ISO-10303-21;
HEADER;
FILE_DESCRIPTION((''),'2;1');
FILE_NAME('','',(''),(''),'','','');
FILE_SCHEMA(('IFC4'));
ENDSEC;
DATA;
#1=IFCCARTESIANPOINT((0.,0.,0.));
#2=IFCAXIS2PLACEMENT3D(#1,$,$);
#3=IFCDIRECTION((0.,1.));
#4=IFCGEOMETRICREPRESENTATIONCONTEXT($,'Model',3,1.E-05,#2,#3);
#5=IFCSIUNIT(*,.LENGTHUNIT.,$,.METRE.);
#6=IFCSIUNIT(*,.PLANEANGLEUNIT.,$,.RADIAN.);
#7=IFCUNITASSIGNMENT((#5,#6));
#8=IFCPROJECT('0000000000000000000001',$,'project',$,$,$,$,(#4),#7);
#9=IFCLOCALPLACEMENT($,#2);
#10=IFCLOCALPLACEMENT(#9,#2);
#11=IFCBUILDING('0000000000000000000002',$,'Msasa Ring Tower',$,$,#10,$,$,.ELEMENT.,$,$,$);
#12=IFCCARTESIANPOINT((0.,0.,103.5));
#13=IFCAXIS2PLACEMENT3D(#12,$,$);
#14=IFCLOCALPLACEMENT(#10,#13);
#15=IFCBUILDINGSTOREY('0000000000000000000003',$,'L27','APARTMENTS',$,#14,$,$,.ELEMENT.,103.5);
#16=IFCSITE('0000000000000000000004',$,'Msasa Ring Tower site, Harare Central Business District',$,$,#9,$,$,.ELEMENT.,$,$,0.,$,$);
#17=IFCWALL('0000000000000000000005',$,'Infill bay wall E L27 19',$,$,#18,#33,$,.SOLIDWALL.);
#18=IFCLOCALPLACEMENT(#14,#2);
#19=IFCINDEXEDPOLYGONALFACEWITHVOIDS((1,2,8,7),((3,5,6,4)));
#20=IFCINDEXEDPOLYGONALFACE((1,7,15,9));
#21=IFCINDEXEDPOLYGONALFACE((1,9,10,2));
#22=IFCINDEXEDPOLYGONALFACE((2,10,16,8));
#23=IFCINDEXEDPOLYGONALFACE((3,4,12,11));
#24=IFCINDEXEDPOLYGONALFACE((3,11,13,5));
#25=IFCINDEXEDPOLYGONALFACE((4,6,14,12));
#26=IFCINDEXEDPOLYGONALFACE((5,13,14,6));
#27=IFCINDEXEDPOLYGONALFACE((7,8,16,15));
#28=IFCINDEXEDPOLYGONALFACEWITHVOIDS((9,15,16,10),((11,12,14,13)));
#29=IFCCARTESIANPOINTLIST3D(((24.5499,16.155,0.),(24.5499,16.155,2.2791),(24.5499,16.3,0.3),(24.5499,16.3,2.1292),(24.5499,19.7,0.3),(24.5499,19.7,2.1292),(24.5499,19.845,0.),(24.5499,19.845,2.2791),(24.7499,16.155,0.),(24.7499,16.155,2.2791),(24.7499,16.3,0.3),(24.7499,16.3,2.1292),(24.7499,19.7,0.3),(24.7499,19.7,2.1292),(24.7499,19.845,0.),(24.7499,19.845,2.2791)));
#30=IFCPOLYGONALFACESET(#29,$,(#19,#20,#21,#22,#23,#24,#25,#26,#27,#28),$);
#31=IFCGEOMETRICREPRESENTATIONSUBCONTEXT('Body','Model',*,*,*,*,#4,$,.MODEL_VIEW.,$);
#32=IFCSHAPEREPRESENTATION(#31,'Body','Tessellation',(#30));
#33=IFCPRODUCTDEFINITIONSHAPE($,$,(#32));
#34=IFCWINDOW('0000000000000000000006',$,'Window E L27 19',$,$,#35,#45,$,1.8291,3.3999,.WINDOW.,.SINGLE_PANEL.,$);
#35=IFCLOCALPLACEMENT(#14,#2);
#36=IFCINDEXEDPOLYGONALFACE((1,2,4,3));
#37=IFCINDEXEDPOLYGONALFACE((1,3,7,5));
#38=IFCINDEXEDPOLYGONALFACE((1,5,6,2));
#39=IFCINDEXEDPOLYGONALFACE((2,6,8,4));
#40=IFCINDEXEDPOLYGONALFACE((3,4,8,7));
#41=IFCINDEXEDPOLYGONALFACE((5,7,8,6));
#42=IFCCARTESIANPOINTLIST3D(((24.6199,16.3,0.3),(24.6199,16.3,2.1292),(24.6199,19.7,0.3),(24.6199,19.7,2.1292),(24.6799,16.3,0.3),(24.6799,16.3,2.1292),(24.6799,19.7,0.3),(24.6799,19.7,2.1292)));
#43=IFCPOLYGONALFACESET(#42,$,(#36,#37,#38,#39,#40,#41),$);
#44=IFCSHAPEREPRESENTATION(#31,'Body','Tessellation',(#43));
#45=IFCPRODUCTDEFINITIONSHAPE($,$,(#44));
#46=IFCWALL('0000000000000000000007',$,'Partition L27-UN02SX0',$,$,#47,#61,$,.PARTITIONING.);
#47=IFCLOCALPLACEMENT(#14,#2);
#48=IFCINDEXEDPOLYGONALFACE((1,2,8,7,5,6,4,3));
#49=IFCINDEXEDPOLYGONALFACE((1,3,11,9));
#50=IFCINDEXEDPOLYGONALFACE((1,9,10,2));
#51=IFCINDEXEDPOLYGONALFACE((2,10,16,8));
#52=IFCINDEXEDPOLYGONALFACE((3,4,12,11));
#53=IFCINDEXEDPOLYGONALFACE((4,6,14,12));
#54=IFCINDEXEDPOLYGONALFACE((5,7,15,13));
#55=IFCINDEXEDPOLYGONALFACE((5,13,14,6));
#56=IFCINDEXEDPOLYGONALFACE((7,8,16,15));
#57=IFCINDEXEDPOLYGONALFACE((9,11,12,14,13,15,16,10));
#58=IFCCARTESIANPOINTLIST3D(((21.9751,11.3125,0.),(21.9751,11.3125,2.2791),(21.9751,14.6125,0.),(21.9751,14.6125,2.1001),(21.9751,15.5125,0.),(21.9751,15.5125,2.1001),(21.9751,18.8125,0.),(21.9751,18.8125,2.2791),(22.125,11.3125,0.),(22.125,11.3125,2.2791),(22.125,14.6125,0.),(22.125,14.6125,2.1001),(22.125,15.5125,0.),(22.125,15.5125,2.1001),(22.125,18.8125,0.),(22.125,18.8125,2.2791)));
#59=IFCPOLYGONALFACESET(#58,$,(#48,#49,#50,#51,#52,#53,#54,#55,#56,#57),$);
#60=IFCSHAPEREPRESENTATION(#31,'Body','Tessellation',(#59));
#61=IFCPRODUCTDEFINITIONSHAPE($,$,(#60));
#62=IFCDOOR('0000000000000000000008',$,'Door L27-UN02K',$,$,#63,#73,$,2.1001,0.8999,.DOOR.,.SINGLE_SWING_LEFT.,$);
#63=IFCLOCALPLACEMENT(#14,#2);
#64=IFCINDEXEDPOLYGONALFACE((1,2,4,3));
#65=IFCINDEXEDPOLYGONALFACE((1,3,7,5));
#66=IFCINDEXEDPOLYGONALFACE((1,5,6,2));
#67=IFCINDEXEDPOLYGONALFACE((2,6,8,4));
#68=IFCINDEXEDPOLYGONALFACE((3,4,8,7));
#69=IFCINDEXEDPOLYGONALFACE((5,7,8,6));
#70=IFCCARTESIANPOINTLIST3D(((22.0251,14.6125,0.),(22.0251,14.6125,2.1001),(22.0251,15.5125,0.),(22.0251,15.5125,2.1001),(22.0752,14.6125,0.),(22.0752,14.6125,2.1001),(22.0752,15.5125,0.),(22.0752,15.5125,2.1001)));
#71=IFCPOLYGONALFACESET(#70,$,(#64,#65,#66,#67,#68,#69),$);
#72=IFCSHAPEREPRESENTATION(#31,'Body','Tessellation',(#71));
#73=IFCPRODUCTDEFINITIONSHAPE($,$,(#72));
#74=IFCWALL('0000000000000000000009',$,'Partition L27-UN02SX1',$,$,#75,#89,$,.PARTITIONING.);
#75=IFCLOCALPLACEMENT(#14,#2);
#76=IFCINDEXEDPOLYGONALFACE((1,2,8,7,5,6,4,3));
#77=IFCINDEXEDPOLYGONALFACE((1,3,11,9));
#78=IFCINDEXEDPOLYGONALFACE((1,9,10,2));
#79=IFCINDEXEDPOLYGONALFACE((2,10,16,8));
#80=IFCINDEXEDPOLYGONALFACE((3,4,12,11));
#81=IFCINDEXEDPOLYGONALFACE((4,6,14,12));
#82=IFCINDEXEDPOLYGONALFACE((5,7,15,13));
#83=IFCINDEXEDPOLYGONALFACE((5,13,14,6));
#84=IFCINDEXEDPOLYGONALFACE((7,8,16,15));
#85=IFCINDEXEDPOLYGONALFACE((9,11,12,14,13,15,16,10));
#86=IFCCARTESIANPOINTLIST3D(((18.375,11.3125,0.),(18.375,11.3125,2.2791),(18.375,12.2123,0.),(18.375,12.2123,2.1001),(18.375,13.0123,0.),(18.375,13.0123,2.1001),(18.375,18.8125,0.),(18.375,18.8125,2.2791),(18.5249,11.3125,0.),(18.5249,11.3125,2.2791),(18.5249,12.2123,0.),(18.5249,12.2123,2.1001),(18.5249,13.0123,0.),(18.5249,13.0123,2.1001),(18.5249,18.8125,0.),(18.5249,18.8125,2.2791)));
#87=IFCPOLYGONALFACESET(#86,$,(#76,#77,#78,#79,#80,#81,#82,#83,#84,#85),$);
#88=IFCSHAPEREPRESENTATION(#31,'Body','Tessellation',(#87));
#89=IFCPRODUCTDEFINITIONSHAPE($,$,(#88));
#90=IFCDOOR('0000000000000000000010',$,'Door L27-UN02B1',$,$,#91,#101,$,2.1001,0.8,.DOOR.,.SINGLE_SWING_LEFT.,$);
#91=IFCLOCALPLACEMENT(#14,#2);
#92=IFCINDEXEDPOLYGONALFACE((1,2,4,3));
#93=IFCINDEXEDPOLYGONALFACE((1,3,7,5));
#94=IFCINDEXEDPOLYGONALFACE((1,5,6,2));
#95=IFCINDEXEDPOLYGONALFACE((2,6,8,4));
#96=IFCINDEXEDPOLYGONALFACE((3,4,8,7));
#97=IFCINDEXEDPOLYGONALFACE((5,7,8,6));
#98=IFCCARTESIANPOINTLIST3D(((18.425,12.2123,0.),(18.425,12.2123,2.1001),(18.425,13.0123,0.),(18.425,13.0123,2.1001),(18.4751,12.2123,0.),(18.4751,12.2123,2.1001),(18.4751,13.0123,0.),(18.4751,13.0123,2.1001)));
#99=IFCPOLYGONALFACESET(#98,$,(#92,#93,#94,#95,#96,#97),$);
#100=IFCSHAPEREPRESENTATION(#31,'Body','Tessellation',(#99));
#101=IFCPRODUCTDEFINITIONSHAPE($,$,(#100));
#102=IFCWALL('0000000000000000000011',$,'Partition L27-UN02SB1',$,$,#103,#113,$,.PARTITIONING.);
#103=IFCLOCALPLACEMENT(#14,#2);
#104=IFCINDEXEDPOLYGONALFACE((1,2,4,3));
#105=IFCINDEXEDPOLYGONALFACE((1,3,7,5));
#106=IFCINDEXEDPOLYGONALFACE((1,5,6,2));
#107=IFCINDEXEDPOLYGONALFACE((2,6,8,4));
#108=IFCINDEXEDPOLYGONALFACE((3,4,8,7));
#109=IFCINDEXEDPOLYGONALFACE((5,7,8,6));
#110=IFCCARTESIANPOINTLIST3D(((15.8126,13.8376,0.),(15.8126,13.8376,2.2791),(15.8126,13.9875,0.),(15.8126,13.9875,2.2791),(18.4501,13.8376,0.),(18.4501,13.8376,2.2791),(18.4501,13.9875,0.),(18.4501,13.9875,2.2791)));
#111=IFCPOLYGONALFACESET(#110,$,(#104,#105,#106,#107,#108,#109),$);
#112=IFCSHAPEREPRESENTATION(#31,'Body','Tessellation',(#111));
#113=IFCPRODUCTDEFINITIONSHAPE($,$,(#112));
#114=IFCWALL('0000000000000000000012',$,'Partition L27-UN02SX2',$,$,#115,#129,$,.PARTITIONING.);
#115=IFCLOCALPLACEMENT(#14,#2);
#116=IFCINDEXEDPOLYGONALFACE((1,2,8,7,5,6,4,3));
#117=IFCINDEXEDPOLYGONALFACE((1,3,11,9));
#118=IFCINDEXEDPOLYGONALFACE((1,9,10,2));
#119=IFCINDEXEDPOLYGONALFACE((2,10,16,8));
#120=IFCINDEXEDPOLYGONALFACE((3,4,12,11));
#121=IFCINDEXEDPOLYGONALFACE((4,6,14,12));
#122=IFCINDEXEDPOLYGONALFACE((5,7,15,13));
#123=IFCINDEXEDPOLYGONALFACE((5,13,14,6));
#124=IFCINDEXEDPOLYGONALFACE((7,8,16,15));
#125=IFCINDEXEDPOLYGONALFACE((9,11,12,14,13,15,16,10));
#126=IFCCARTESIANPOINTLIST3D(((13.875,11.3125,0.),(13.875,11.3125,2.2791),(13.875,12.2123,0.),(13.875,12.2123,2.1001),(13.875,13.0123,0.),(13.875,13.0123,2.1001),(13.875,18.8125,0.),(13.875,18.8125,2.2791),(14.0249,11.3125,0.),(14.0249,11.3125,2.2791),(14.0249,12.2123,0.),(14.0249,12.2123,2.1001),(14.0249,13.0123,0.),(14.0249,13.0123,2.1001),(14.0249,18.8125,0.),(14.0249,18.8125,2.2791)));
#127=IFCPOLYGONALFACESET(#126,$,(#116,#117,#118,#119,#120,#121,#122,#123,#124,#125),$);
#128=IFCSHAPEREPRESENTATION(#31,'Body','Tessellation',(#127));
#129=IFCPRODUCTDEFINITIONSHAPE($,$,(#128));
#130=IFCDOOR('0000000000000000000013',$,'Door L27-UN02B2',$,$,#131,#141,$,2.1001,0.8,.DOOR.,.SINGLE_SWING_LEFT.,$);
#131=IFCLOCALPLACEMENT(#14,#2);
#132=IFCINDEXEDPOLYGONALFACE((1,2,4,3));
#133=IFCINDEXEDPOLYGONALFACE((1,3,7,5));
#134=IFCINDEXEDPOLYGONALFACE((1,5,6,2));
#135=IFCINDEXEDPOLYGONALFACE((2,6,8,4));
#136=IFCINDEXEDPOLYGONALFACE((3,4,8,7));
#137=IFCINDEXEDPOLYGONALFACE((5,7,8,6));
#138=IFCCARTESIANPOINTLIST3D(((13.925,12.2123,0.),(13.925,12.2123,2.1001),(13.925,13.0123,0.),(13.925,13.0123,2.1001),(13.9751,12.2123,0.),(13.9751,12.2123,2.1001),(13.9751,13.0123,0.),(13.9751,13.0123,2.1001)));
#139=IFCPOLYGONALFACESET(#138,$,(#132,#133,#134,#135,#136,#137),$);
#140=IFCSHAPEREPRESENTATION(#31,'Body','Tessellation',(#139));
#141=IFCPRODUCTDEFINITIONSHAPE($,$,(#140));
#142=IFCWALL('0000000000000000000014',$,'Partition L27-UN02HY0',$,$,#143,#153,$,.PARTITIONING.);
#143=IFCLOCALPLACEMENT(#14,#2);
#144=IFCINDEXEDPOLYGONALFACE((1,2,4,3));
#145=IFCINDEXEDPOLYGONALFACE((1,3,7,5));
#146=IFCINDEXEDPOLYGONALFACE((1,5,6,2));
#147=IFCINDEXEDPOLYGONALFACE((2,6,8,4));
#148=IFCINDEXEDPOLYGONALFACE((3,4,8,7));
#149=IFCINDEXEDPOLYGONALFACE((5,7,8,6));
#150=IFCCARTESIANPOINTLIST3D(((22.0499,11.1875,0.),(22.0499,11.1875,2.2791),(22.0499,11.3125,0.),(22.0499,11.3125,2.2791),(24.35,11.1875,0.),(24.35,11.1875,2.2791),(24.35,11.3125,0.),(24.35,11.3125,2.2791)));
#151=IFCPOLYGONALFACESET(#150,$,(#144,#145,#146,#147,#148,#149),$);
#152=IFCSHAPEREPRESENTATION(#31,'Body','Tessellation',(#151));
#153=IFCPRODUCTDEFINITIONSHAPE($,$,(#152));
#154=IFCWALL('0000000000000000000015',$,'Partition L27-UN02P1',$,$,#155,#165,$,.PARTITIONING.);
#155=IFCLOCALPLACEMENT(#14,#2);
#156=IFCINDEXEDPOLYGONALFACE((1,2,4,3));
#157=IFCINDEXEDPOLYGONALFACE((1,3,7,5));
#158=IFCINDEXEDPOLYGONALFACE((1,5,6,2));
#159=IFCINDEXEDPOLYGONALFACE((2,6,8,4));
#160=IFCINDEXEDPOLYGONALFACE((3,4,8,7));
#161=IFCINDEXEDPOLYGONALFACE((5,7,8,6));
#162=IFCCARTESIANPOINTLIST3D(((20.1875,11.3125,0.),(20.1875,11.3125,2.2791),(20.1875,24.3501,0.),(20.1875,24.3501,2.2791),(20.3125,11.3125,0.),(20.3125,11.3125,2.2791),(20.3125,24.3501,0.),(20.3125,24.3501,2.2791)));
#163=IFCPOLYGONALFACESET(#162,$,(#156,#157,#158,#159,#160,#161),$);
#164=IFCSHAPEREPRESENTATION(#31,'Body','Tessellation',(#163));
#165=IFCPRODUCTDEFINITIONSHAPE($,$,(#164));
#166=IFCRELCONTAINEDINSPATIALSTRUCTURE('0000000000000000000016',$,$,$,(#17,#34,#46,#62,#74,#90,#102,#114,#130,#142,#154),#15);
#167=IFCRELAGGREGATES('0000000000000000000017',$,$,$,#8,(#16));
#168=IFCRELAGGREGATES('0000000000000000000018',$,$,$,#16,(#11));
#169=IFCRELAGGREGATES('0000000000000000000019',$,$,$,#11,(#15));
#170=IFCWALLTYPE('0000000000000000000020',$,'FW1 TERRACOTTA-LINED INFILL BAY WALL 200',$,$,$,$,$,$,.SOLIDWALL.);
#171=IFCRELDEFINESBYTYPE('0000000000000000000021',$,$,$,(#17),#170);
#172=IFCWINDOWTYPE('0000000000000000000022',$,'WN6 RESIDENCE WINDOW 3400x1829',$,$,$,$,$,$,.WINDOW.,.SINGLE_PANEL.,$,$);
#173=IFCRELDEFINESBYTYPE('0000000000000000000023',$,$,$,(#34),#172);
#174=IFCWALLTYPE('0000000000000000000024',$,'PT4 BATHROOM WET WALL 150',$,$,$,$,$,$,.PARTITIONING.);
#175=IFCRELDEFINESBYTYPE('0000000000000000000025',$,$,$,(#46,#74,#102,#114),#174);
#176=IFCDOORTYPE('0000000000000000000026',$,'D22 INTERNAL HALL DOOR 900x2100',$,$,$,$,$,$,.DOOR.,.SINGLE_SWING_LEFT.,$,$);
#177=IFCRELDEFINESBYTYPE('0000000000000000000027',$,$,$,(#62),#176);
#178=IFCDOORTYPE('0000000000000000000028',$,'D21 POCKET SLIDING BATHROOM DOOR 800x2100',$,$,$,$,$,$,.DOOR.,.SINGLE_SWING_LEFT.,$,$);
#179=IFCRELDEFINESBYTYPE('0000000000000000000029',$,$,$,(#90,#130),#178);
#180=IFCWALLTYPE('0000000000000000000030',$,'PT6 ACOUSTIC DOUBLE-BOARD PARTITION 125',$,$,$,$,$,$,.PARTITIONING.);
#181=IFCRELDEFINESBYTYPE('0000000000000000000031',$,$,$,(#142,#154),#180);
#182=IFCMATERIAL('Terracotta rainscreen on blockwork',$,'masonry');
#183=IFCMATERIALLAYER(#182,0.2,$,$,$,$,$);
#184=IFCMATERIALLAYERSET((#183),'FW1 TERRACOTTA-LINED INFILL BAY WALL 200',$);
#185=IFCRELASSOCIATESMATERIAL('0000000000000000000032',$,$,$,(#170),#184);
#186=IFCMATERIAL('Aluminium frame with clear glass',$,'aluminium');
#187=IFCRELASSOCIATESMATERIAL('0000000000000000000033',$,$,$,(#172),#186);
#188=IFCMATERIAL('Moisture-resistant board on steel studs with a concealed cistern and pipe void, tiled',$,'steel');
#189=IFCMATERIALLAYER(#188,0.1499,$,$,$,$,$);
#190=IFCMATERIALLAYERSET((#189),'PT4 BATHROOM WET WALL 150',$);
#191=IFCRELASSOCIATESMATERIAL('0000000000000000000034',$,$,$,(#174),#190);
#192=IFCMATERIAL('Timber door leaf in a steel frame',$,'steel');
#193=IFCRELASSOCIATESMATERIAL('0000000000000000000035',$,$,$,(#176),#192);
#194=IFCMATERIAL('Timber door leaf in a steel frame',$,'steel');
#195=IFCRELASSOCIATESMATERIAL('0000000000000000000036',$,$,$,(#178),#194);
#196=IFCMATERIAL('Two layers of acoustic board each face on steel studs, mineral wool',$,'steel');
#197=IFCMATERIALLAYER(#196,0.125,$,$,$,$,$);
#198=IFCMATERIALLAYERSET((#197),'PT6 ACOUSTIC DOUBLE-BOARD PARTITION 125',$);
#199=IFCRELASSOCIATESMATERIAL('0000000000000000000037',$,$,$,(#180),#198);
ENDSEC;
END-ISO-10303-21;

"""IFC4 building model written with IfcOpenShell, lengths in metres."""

from ifc_helpers import new_model, si_unit, direction, frame, frame_2d, origin, place, context, subcontext, project, spatial, rectangle, extrude, material, layer, layer_set, type_object, element, fill, save


model = new_model("IFC4")

# Units and contexts
model_context = context("Model", 3, precision=1e-05, world=origin(), true_north=direction((0.0, 1.0)))
body_context = subcontext(model_context, "Body", "Model", "MODEL_VIEW")
ifc_project = project(units=[si_unit("LENGTHUNIT", "METRE"), si_unit("PLANEANGLEUNIT", "RADIAN")], contexts=[model_context])

# Site, building, storey
site_placement = place(None, origin())
site = spatial("IfcSite", under=ifc_project, at=site_placement, Name="Msasa Ring Tower site, Harare Central Business District", CompositionType="ELEMENT", RefElevation=0.0)
building_placement = place(site_placement, origin())
building = spatial("IfcBuilding", under=site, at=building_placement, Name="Msasa Ring Tower", CompositionType="ELEMENT")
storey_placement = place(building_placement, frame((0.0, 0.0, 103.5)))
storey = spatial("IfcBuildingStorey", under=building, at=storey_placement, Name="L27", Description="APARTMENTS", CompositionType="ELEMENT", Elevation=103.5)

# Wall, opening, window
ifc_material_1 = material(Name="Terracotta rainscreen on blockwork", Category="masonry")
ifc_layer_1 = layer(ifc_material_1, 0.2)
ifc_layer_set_1 = layer_set([ifc_layer_1], Name="FW1 TERRACOTTA-LINED INFILL BAY WALL 200")
wall_type_1 = type_object("IfcWallType", Name="FW1 TERRACOTTA-LINED INFILL BAY WALL 200", PredefinedType="SOLIDWALL", material=ifc_layer_set_1)
ifc_material_2 = material(Name="Aluminium frame with clear glass", Category="aluminium")
window_type = type_object("IfcWindowType", Name="WN6 RESIDENCE WINDOW 3400x1829", PartitioningType="SINGLE_PANEL", PredefinedType="WINDOW", material=ifc_material_2)
wall_1_placement = place(storey_placement, frame((24.6499, 16.155, 0.0), z_axis=(0.0, 0.0, 1.0), x_axis=(0.0, 1.0, 0.0)))
wall_1 = element("IfcWall", 1, at=wall_1_placement, inside=storey, type_object=wall_type_1, Name="Infill bay wall E L27 19", PredefinedType="SOLIDWALL", context=body_context, shape_type="SweptSolid", body=[
    extrude(rectangle(XDim=3.6899, YDim=0.2, at=frame_2d((1.845, 0.0))), origin(), (0.0, 0.0, 1.0), 2.2791),
])
opening_1_placement = place(wall_1_placement, frame((0.145, 0.0, 0.3)))
opening_1 = element("IfcOpeningElement", 2, at=opening_1_placement, cuts=wall_1, PredefinedType="OPENING", context=body_context, shape_type="SweptSolid", body=[
    extrude(rectangle(XDim=3.3999, YDim=1.8291, at=frame_2d((1.7, 0.9146))), frame((0.0, 0.1099, 0.0), z_axis=(0.0, -1.0, 0.0), x_axis=(1.0, 0.0, 0.0)), (0.0, 0.0, 1.0), 0.22),
])
window_1_placement = place(opening_1_placement, origin())
window_1 = element("IfcWindow", 3, at=window_1_placement, inside=storey, type_object=window_type, Name="Window E L27 19", OverallHeight=1.8291, OverallWidth=3.3999, PartitioningType="SINGLE_PANEL", PredefinedType="WINDOW", context=body_context, shape_type="SweptSolid", body=[
    extrude(rectangle(XDim=3.3999, YDim=1.8291, at=frame_2d((1.7, 0.9146))), frame((0.0, 0.03, 0.0), z_axis=(0.0, -1.0, 0.0), x_axis=(1.0, 0.0, 0.0)), (0.0, 0.0, 1.0), 0.0601),
])
fill(opening_1, window_1)

# Walls, openings, doors
ifc_material_3 = material(Name="Moisture-resistant board on steel studs with a concealed cistern and pipe void, tiled", Category="steel")
ifc_layer_2 = layer(ifc_material_3, 0.1499)
ifc_layer_set_2 = layer_set([ifc_layer_2], Name="PT4 BATHROOM WET WALL 150")
wall_type_2 = type_object("IfcWallType", Name="PT4 BATHROOM WET WALL 150", PredefinedType="PARTITIONING", material=ifc_layer_set_2)
wall_2_placement = place(storey_placement, frame((22.05, 11.3125, 0.0), z_axis=(0.0, 0.0, 1.0), x_axis=(0.0, 1.0, 0.0)))
wall_2 = element("IfcWall", 4, at=wall_2_placement, inside=storey, type_object=wall_type_2, Name="Partition L27-UN02SX0", PredefinedType="PARTITIONING", context=body_context, shape_type="SweptSolid", body=[
    extrude(rectangle(XDim=7.5, YDim=0.1499, at=frame_2d((3.75, 0.0))), origin(), (0.0, 0.0, 1.0), 2.2791),
])
opening_2_placement = place(wall_2_placement, frame((3.3, 0.0, 0.0)))
opening_2 = element("IfcOpeningElement", 5, at=opening_2_placement, cuts=wall_2, PredefinedType="OPENING", context=body_context, shape_type="SweptSolid", body=[
    extrude(rectangle(XDim=0.8999, YDim=2.1001, at=frame_2d((0.45, 1.05))), frame((0.0, 0.085, 0.0), z_axis=(0.0, -1.0, 0.0), x_axis=(1.0, 0.0, 0.0)), (0.0, 0.0, 1.0), 0.1699),
])
ifc_material_4 = material(Name="Timber door leaf in a steel frame", Category="steel")
door_type_1 = type_object("IfcDoorType", Name="D22 INTERNAL HALL DOOR 900x2100", OperationType="SINGLE_SWING_LEFT", PredefinedType="DOOR", material=ifc_material_4)
door_1_placement = place(opening_2_placement, origin())
door_1 = element("IfcDoor", 6, at=door_1_placement, inside=storey, type_object=door_type_1, Name="Door L27-UN02K", OperationType="SINGLE_SWING_LEFT", OverallHeight=2.1001, OverallWidth=0.8999, PredefinedType="DOOR", context=body_context, shape_type="SweptSolid", body=[
    extrude(rectangle(XDim=0.8999, YDim=2.1001, at=frame_2d((0.45, 1.05))), frame((0.0, 0.0249, 0.0), z_axis=(0.0, -1.0, 0.0), x_axis=(1.0, 0.0, 0.0)), (0.0, 0.0, 1.0), 0.05),
])
fill(opening_2, door_1)
wall_3_placement = place(storey_placement, frame((18.45, 11.3125, 0.0), z_axis=(0.0, 0.0, 1.0), x_axis=(0.0, 1.0, 0.0)))
wall_3 = element("IfcWall", 7, at=wall_3_placement, inside=storey, type_object=wall_type_2, Name="Partition L27-UN02SX1", PredefinedType="PARTITIONING", context=body_context, shape_type="SweptSolid", body=[
    extrude(rectangle(XDim=7.5, YDim=0.1499, at=frame_2d((3.75, 0.0))), origin(), (0.0, 0.0, 1.0), 2.2791),
])
opening_3_placement = place(wall_3_placement, frame((0.8999, 0.0, 0.0)))
opening_3 = element("IfcOpeningElement", 8, at=opening_3_placement, cuts=wall_3, PredefinedType="OPENING", context=body_context, shape_type="SweptSolid", body=[
    extrude(rectangle(XDim=0.8, YDim=2.1001, at=frame_2d((0.3999, 1.05))), frame((0.0, 0.085, 0.0), z_axis=(0.0, -1.0, 0.0), x_axis=(1.0, 0.0, 0.0)), (0.0, 0.0, 1.0), 0.1699),
])
ifc_material_5 = material(Name="Timber door leaf in a steel frame", Category="steel")
door_type_2 = type_object("IfcDoorType", Name="D21 POCKET SLIDING BATHROOM DOOR 800x2100", OperationType="SINGLE_SWING_LEFT", PredefinedType="DOOR", material=ifc_material_5)
door_2_placement = place(opening_3_placement, origin())
door_2 = element("IfcDoor", 9, at=door_2_placement, inside=storey, type_object=door_type_2, Name="Door L27-UN02B1", OperationType="SINGLE_SWING_LEFT", OverallHeight=2.1001, OverallWidth=0.8, PredefinedType="DOOR", context=body_context, shape_type="SweptSolid", body=[
    extrude(rectangle(XDim=0.8, YDim=2.1001, at=frame_2d((0.3999, 1.05))), frame((0.0, 0.0249, 0.0), z_axis=(0.0, -1.0, 0.0), x_axis=(1.0, 0.0, 0.0)), (0.0, 0.0, 1.0), 0.05),
])
fill(opening_3, door_2)

# Wall
wall_4_placement = place(storey_placement, frame((15.8125, 13.9126, 0.0), z_axis=(0.0, 0.0, 1.0), x_axis=(1.0, 0.0, 0.0)))
element("IfcWall", 10, at=wall_4_placement, inside=storey, type_object=wall_type_2, Name="Partition L27-UN02SB1", PredefinedType="PARTITIONING", context=body_context, shape_type="SweptSolid", body=[
    extrude(rectangle(XDim=2.6375, YDim=0.1499, at=frame_2d((1.3188, 0.0))), origin(), (0.0, 0.0, 1.0), 2.2791),
])

# Wall, opening, door
wall_5_placement = place(storey_placement, frame((13.95, 11.3125, 0.0), z_axis=(0.0, 0.0, 1.0), x_axis=(0.0, 1.0, 0.0)))
wall_5 = element("IfcWall", 11, at=wall_5_placement, inside=storey, type_object=wall_type_2, Name="Partition L27-UN02SX2", PredefinedType="PARTITIONING", context=body_context, shape_type="SweptSolid", body=[
    extrude(rectangle(XDim=7.5, YDim=0.1499, at=frame_2d((3.75, 0.0))), origin(), (0.0, 0.0, 1.0), 2.2791),
])
opening_4_placement = place(wall_5_placement, frame((0.8999, 0.0, 0.0)))
opening_4 = element("IfcOpeningElement", 12, at=opening_4_placement, cuts=wall_5, PredefinedType="OPENING", context=body_context, shape_type="SweptSolid", body=[
    extrude(rectangle(XDim=0.8, YDim=2.1001, at=frame_2d((0.3999, 1.05))), frame((0.0, 0.085, 0.0), z_axis=(0.0, -1.0, 0.0), x_axis=(1.0, 0.0, 0.0)), (0.0, 0.0, 1.0), 0.1699),
])
door_3_placement = place(opening_4_placement, origin())
door_3 = element("IfcDoor", 13, at=door_3_placement, inside=storey, type_object=door_type_2, Name="Door L27-UN02B2", OperationType="SINGLE_SWING_LEFT", OverallHeight=2.1001, OverallWidth=0.8, PredefinedType="DOOR", context=body_context, shape_type="SweptSolid", body=[
    extrude(rectangle(XDim=0.8, YDim=2.1001, at=frame_2d((0.3999, 1.05))), frame((0.0, 0.0249, 0.0), z_axis=(0.0, -1.0, 0.0), x_axis=(1.0, 0.0, 0.0)), (0.0, 0.0, 1.0), 0.05),
])
fill(opening_4, door_3)

# Walls
ifc_material_6 = material(Name="Two layers of acoustic board each face on steel studs, mineral wool", Category="steel")
ifc_layer_3 = layer(ifc_material_6, 0.125)
ifc_layer_set_3 = layer_set([ifc_layer_3], Name="PT6 ACOUSTIC DOUBLE-BOARD PARTITION 125")
wall_type_3 = type_object("IfcWallType", Name="PT6 ACOUSTIC DOUBLE-BOARD PARTITION 125", PredefinedType="PARTITIONING", material=ifc_layer_set_3)
wall_6_placement = place(storey_placement, frame((22.05, 11.25, 0.0), z_axis=(0.0, 0.0, 1.0), x_axis=(1.0, 0.0, 0.0)))
element("IfcWall", 14, at=wall_6_placement, inside=storey, type_object=wall_type_3, Name="Partition L27-UN02HY0", PredefinedType="PARTITIONING", context=body_context, shape_type="SweptSolid", body=[
    extrude(rectangle(XDim=2.3, YDim=0.125, at=frame_2d((1.1499, 0.0))), origin(), (0.0, 0.0, 1.0), 2.2791),
])
wall_7_placement = place(storey_placement, frame((20.25, 11.3125, 0.0), z_axis=(0.0, 0.0, 1.0), x_axis=(0.0, 1.0, 0.0)))
element("IfcWall", 15, at=wall_7_placement, inside=storey, type_object=wall_type_3, Name="Partition L27-UN02P1", PredefinedType="PARTITIONING", context=body_context, shape_type="SweptSolid", body=[
    extrude(rectangle(XDim=13.0376, YDim=0.125, at=frame_2d((6.5188, 0.0))), origin(), (0.0, 0.0, 1.0), 2.2791),
])

save(model, "model.ifc")
